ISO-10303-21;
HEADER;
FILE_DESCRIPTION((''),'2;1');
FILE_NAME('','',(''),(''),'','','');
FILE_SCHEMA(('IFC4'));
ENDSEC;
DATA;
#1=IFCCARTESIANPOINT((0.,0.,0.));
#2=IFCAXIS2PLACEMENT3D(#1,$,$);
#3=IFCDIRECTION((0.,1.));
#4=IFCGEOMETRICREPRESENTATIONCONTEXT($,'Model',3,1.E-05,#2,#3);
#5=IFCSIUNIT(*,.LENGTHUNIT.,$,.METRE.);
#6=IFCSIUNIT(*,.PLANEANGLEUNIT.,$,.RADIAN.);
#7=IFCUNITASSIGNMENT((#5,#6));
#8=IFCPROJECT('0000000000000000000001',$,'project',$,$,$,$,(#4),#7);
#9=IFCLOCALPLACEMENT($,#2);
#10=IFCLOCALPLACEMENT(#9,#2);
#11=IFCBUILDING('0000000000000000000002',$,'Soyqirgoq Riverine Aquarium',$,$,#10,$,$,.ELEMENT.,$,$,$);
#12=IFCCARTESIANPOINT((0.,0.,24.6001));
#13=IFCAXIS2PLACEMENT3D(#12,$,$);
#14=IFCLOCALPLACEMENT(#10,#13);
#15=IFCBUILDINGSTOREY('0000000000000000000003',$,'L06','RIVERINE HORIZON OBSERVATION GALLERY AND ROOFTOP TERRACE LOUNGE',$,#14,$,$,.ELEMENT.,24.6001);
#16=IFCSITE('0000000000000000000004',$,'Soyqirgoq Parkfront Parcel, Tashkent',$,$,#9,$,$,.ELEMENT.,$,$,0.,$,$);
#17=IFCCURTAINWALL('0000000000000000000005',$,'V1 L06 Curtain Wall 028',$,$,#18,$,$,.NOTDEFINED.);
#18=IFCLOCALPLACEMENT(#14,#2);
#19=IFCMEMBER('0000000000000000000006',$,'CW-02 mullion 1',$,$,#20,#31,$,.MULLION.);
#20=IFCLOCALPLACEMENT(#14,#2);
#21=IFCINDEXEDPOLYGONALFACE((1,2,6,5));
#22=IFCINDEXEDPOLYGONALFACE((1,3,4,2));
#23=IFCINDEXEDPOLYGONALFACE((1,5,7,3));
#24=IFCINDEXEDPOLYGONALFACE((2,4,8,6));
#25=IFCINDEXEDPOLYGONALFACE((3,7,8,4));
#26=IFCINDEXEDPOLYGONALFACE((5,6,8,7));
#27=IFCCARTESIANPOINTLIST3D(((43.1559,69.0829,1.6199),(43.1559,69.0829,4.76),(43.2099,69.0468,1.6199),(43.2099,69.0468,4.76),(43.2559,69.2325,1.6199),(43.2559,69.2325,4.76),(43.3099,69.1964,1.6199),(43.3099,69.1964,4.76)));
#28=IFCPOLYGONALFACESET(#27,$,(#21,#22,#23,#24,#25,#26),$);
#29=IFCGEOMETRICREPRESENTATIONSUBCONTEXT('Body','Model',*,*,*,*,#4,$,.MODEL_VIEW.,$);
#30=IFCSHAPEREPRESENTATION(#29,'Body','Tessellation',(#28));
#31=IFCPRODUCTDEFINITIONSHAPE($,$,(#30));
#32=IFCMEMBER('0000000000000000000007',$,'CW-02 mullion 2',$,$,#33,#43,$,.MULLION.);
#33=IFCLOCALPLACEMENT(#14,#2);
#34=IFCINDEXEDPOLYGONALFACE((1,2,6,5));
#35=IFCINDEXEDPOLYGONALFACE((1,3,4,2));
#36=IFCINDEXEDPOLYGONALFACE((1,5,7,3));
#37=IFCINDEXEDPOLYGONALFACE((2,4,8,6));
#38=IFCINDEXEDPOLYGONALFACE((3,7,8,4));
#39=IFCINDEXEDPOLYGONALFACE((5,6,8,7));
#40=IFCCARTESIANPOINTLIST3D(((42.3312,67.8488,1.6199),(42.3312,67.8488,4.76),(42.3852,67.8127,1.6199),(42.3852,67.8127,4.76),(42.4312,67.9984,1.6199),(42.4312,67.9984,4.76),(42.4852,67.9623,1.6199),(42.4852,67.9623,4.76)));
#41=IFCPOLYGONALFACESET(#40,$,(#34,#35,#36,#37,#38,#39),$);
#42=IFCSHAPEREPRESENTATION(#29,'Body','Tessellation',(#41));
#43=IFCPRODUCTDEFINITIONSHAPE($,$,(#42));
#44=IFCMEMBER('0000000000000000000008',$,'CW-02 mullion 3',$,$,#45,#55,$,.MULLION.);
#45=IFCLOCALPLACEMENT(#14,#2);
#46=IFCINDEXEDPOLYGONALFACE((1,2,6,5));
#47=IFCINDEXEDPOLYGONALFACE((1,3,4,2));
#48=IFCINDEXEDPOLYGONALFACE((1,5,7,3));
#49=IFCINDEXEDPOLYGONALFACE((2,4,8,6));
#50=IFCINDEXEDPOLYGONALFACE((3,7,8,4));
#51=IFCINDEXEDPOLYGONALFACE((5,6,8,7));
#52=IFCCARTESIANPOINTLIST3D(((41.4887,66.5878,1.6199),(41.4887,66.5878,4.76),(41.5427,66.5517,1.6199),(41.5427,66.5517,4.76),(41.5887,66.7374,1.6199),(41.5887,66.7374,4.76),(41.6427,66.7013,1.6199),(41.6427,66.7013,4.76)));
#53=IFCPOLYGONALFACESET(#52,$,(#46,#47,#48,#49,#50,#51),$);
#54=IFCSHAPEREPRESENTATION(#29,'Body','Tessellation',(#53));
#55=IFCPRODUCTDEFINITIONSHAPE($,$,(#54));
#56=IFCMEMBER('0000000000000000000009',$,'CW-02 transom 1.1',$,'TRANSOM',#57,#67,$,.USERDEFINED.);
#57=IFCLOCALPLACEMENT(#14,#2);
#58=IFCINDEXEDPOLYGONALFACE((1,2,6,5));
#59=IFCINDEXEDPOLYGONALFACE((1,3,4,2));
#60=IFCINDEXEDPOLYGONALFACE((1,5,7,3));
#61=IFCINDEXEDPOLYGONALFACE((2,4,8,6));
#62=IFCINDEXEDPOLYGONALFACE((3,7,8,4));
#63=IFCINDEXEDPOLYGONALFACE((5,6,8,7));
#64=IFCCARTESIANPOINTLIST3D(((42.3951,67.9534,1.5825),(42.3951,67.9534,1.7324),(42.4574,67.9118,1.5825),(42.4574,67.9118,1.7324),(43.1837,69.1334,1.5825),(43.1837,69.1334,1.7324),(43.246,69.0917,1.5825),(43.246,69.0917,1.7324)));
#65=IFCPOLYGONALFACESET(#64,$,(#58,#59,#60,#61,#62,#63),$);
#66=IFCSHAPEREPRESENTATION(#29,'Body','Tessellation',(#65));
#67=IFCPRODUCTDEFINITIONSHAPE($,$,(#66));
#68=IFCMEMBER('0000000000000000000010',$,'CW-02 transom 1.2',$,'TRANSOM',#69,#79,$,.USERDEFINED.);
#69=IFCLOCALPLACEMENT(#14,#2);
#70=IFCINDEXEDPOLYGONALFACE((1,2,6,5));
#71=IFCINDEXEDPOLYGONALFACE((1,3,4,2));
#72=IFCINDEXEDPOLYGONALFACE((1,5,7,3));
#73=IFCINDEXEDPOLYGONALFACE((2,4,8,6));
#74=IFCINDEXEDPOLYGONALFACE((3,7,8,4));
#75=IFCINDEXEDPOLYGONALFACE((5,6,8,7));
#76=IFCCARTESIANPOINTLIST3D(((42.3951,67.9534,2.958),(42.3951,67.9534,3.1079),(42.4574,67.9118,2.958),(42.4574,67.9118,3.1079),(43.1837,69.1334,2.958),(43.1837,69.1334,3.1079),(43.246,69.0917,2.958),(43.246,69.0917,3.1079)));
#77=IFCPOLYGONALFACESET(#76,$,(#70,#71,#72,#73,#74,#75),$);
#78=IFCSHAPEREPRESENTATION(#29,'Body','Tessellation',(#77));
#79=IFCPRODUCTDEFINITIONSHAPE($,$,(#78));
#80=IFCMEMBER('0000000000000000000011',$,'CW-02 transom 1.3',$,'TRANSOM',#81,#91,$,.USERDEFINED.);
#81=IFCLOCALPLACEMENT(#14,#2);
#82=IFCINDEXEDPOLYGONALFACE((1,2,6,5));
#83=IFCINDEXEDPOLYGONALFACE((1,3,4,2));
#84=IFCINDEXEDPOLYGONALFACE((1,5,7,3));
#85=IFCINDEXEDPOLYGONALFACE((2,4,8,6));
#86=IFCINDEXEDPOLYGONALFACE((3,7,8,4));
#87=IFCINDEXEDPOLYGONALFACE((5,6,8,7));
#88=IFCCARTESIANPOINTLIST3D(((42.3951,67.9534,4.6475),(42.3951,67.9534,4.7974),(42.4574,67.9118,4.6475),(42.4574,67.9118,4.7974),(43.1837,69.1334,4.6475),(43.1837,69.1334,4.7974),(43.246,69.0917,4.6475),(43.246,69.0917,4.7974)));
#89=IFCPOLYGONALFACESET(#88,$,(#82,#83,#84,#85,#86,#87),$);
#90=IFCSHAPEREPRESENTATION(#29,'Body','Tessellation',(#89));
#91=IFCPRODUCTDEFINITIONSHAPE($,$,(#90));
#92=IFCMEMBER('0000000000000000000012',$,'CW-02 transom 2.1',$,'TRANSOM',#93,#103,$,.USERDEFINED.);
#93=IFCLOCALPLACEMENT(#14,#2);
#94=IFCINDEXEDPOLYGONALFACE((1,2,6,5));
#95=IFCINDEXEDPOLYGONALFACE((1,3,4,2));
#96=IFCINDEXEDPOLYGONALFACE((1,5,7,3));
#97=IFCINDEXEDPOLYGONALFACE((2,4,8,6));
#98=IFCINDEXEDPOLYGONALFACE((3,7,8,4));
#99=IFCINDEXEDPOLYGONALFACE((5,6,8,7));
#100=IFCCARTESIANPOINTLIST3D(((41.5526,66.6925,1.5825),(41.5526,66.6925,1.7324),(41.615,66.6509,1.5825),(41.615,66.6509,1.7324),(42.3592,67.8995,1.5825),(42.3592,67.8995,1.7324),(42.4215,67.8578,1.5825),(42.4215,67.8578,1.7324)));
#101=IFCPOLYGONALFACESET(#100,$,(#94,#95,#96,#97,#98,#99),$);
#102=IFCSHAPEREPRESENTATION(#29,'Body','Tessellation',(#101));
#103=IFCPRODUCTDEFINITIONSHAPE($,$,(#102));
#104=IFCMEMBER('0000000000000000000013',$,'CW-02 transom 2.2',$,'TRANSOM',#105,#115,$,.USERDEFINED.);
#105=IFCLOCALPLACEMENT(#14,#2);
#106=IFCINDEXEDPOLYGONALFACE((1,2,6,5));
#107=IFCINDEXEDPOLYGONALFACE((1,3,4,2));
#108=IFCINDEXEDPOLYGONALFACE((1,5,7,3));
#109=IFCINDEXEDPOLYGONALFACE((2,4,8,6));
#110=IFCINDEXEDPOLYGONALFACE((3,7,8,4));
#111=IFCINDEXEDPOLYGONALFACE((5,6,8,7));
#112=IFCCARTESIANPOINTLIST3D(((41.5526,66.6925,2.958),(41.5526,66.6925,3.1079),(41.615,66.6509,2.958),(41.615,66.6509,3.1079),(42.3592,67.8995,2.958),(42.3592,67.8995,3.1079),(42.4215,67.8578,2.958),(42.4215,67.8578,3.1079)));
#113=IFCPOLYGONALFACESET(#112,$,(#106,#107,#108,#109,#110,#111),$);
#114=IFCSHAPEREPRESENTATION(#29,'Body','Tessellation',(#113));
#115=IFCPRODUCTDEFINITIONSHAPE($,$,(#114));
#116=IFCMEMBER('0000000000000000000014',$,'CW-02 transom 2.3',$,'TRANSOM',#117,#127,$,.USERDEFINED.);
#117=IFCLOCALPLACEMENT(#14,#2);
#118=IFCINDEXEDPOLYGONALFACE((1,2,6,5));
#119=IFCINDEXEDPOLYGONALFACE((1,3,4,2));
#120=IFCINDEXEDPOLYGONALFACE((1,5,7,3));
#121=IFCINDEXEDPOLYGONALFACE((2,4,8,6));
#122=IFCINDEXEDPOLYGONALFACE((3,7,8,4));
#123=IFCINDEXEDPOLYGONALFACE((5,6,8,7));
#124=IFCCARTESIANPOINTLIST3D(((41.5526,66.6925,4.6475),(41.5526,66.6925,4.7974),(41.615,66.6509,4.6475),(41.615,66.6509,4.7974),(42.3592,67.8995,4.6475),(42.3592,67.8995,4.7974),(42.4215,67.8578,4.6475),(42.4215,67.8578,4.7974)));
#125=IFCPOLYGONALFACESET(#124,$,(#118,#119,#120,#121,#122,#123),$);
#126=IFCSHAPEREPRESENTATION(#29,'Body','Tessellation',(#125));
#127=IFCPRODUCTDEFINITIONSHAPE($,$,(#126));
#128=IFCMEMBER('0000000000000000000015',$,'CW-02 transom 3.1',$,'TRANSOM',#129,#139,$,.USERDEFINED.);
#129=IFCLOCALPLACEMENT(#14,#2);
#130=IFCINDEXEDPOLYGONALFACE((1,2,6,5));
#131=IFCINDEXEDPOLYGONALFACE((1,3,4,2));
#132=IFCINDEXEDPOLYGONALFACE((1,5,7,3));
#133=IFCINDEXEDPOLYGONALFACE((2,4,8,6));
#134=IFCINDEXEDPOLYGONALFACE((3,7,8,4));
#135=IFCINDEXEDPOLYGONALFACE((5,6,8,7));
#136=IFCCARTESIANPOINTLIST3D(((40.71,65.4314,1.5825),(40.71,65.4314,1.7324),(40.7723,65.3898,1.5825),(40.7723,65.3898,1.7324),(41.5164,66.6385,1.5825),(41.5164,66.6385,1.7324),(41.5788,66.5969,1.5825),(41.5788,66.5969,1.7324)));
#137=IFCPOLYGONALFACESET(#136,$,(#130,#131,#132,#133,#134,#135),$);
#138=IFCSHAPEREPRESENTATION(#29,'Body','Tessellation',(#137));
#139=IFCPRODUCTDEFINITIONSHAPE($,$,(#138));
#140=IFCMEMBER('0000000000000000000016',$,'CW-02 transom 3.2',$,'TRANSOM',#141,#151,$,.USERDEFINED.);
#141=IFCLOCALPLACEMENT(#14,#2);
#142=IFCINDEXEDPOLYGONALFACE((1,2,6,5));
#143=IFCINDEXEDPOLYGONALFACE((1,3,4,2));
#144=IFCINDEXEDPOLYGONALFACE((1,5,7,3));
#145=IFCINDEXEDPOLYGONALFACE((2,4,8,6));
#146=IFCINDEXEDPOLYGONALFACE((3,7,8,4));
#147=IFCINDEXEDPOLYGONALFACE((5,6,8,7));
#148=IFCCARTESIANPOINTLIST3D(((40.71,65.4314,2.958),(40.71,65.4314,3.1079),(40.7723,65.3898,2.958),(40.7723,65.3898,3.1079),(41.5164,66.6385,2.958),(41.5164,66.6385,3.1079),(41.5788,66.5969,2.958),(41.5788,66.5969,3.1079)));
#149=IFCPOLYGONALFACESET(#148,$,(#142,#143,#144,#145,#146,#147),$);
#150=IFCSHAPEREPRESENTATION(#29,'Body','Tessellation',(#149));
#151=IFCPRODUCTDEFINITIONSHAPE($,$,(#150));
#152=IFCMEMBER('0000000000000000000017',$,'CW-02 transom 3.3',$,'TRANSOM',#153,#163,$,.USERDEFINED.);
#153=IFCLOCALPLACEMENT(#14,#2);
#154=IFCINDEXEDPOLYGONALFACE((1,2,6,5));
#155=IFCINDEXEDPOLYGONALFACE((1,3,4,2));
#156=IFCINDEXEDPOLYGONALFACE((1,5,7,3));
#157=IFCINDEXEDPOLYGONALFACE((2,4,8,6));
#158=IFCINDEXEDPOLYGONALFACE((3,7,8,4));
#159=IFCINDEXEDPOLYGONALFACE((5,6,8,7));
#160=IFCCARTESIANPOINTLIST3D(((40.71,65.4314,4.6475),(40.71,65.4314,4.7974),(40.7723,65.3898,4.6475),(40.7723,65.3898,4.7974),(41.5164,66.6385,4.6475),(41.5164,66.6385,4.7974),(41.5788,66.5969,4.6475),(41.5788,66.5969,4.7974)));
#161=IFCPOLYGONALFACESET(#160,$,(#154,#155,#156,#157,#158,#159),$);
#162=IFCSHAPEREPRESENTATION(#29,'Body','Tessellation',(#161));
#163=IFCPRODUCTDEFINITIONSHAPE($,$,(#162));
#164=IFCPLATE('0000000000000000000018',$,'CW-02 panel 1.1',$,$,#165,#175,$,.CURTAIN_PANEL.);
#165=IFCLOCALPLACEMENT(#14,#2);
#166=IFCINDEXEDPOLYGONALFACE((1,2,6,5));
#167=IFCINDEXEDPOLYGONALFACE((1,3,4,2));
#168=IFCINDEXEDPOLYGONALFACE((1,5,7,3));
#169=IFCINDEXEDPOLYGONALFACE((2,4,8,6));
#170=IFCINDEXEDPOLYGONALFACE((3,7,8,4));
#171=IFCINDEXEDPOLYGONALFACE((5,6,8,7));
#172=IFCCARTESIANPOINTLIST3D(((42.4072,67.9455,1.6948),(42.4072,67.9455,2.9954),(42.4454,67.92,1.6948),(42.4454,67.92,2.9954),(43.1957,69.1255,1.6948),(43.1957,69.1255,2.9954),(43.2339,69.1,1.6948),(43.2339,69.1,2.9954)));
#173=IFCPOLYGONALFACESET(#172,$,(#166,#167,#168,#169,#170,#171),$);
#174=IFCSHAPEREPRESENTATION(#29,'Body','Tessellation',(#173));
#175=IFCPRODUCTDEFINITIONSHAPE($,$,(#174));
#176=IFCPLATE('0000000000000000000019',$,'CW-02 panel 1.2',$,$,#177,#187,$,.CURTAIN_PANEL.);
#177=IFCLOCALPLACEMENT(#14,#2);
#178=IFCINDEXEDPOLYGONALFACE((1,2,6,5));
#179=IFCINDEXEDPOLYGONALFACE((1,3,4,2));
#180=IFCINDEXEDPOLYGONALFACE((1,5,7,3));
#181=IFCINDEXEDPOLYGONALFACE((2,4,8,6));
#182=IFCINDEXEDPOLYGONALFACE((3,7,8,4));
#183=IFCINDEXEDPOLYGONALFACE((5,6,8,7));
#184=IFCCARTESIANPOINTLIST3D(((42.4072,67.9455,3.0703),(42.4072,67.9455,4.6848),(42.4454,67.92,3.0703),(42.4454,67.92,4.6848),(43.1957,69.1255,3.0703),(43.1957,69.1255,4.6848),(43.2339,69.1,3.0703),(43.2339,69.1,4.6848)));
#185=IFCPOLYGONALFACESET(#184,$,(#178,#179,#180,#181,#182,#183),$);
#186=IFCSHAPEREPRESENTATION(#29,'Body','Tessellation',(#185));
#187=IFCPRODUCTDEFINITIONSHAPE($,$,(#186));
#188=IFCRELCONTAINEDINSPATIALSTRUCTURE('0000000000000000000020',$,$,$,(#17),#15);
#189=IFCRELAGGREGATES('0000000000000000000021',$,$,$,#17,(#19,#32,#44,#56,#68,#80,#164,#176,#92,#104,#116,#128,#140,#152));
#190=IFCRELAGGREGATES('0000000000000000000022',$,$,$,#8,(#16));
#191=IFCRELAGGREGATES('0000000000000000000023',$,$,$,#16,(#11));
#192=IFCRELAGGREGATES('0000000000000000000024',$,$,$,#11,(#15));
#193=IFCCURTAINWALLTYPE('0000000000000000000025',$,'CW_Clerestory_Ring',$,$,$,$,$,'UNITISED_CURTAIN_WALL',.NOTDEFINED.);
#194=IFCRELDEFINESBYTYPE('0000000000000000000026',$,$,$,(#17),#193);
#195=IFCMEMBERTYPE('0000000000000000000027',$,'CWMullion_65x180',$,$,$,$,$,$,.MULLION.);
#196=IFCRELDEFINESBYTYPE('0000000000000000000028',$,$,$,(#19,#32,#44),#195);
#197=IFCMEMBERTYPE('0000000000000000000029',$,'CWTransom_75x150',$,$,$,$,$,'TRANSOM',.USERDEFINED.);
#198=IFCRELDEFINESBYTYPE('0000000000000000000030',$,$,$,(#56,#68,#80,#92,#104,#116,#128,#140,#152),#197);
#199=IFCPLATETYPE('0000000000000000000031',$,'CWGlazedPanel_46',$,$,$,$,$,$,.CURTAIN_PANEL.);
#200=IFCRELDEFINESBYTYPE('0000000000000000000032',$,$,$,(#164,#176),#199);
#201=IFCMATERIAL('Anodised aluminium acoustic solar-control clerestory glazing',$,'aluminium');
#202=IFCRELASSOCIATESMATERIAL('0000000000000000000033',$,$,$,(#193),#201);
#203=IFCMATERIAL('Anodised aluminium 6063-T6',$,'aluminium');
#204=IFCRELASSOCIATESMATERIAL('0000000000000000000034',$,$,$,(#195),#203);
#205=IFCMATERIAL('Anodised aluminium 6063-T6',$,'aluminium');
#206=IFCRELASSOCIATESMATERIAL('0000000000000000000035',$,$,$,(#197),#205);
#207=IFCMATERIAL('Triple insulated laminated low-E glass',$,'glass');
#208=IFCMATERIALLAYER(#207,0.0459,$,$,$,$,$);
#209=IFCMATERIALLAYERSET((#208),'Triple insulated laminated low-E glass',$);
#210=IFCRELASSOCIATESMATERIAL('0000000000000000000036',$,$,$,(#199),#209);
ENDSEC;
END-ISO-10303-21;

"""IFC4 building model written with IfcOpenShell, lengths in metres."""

from ifc_helpers import new_model, si_unit, direction, frame, origin, origin_2d, place, context, subcontext, project, spatial, rectangle, extrude, material, layer, layer_set, material_profile, profile_set, type_object, element, aggregate, save


model = new_model("IFC4")

# Units and contexts
model_context = context("Model", 3, precision=1e-05, world=origin(), true_north=direction((0.0, 1.0)))
body_context = subcontext(model_context, "Body", "Model", "MODEL_VIEW")
ifc_project = project(units=[si_unit("LENGTHUNIT", "METRE"), si_unit("PLANEANGLEUNIT", "RADIAN")], contexts=[model_context])

# Site, building, storey
site_placement = place(None, origin())
site = spatial("IfcSite", under=ifc_project, at=site_placement, Name="Soyqirgoq Parkfront Parcel, Tashkent", CompositionType="ELEMENT", RefElevation=0.0)
building_placement = place(site_placement, origin())
building = spatial("IfcBuilding", under=site, at=building_placement, Name="Soyqirgoq Riverine Aquarium", CompositionType="ELEMENT")
storey_placement = place(building_placement, frame((0.0, 0.0, 24.6001)))
storey = spatial("IfcBuildingStorey", under=building, at=storey_placement, Name="L06", Description="RIVERINE HORIZON OBSERVATION GALLERY AND ROOFTOP TERRACE LOUNGE", CompositionType="ELEMENT", Elevation=24.6001)

# Curtain wall, members, plates
ifc_material_1 = material(Name="Anodised aluminium acoustic solar-control clerestory glazing", Category="aluminium")
curtain_wall_type = type_object("IfcCurtainWallType", Name="CW_Clerestory_Ring", ElementType="UNITISED_CURTAIN_WALL", PredefinedType="NOTDEFINED", material=ifc_material_1)
curtain_wall_placement = place(storey_placement, origin())
curtain_wall = element("IfcCurtainWall", 1, at=curtain_wall_placement, inside=storey, type_object=curtain_wall_type, Name="V1 L06 Curtain Wall 028", PredefinedType="NOTDEFINED")
ifc_material_2 = material(Name="Anodised aluminium 6063-T6", Category="aluminium")
ifc_material_profile_1 = material_profile(ifc_material_2, rectangle(XDim=0.0649, YDim=0.1799, at=origin_2d()), Name="ALU-M 65x180")
ifc_profile_set_1 = profile_set([ifc_material_profile_1], Name="Anodised aluminium 6063-T6")
member_type_1 = type_object("IfcMemberType", Name="CWMullion_65x180", PredefinedType="MULLION", material=ifc_profile_set_1)
member_1_placement = place(storey_placement, frame((43.2329, 69.1396, 1.6199), z_axis=(0.0, 0.0, 1.0), x_axis=(0.831464, -0.555579, 0.0)))
member_1 = element("IfcMember", 2, at=member_1_placement, type_object=member_type_1, Name="CW-02 mullion 1", PredefinedType="MULLION", context=body_context, shape_type="SweptSolid", body=[
    extrude(rectangle(XDim=0.0649, YDim=0.1799, at=origin_2d()), origin(), (0.0, 0.0, 1.0), 3.1401),
])
member_2_placement = place(storey_placement, frame((42.4082, 67.9055, 1.6199), z_axis=(0.0, 0.0, 1.0), x_axis=(0.831464, -0.555579, 0.0)))
member_2 = element("IfcMember", 3, at=member_2_placement, type_object=member_type_1, Name="CW-02 mullion 2", PredefinedType="MULLION", context=body_context, shape_type="SweptSolid", body=[
    extrude(rectangle(XDim=0.0649, YDim=0.1799, at=origin_2d()), origin(), (0.0, 0.0, 1.0), 3.1401),
])
member_3_placement = place(storey_placement, frame((41.5657, 66.6445, 1.6199), z_axis=(0.0, 0.0, 1.0), x_axis=(0.831464, -0.555579, 0.0)))
member_3 = element("IfcMember", 4, at=member_3_placement, type_object=member_type_1, Name="CW-02 mullion 3", PredefinedType="MULLION", context=body_context, shape_type="SweptSolid", body=[
    extrude(rectangle(XDim=0.0649, YDim=0.1799, at=origin_2d()), origin(), (0.0, 0.0, 1.0), 3.1401),
])
ifc_material_3 = material(Name="Anodised aluminium 6063-T6", Category="aluminium")
ifc_material_profile_2 = material_profile(ifc_material_3, rectangle(XDim=0.075, YDim=0.1499, at=origin_2d()), Name="ALU-T 75x150")
ifc_profile_set_2 = profile_set([ifc_material_profile_2], Name="Anodised aluminium 6063-T6")
member_type_2 = type_object("IfcMemberType", Name="CWTransom_75x150", ElementType="TRANSOM", PredefinedType="USERDEFINED", material=ifc_profile_set_2)
member_4_placement = place(storey_placement, frame((43.2148, 69.1125, 1.6575), z_axis=(-0.555653, -0.831415, 0.0), x_axis=(0.831415, -0.555653, 0.0)))
member_4 = element("IfcMember", 5, at=member_4_placement, type_object=member_type_2, Name="CW-02 transom 1.1", ObjectType="TRANSOM", PredefinedType="USERDEFINED", context=body_context, shape_type="SweptSolid", body=[
    extrude(rectangle(XDim=0.075, YDim=0.1499, at=origin_2d()), origin(), (0.0, 0.0, 1.0), 1.4192),
])
member_5_placement = place(storey_placement, frame((43.2148, 69.1125, 3.033), z_axis=(-0.555653, -0.831415, 0.0), x_axis=(0.831415, -0.555653, 0.0)))
member_5 = element("IfcMember", 6, at=member_5_placement, type_object=member_type_2, Name="CW-02 transom 1.2", ObjectType="TRANSOM", PredefinedType="USERDEFINED", context=body_context, shape_type="SweptSolid", body=[
    extrude(rectangle(XDim=0.075, YDim=0.1499, at=origin_2d()), origin(), (0.0, 0.0, 1.0), 1.4192),
])
member_6_placement = place(storey_placement, frame((43.2148, 69.1125, 4.7224), z_axis=(-0.555653, -0.831415, 0.0), x_axis=(0.831415, -0.555653, 0.0)))
member_6 = element("IfcMember", 7, at=member_6_placement, type_object=member_type_2, Name="CW-02 transom 1.3", ObjectType="TRANSOM", PredefinedType="USERDEFINED", context=body_context, shape_type="SweptSolid", body=[
    extrude(rectangle(XDim=0.075, YDim=0.1499, at=origin_2d()), origin(), (0.0, 0.0, 1.0), 1.4192),
])
member_7_placement = place(storey_placement, frame((42.3904, 67.8787, 1.6575), z_axis=(-0.555631, -0.831429, 0.0), x_axis=(0.831429, -0.555631, 0.0)))
member_7 = element("IfcMember", 8, at=member_7_placement, type_object=member_type_2, Name="CW-02 transom 2.1", ObjectType="TRANSOM", PredefinedType="USERDEFINED", context=body_context, shape_type="SweptSolid", body=[
    extrude(rectangle(XDim=0.075, YDim=0.1499, at=origin_2d()), origin(), (0.0, 0.0, 1.0), 1.4517),
])
member_8_placement = place(storey_placement, frame((42.3904, 67.8787, 3.033), z_axis=(-0.555631, -0.831429, 0.0), x_axis=(0.831429, -0.555631, 0.0)))
member_8 = element("IfcMember", 9, at=member_8_placement, type_object=member_type_2, Name="CW-02 transom 2.2", ObjectType="TRANSOM", PredefinedType="USERDEFINED", context=body_context, shape_type="SweptSolid", body=[
    extrude(rectangle(XDim=0.075, YDim=0.1499, at=origin_2d()), origin(), (0.0, 0.0, 1.0), 1.4517),
])
member_9_placement = place(storey_placement, frame((42.3904, 67.8787, 4.7224), z_axis=(-0.555631, -0.831429, 0.0), x_axis=(0.831429, -0.555631, 0.0)))
member_9 = element("IfcMember", 10, at=member_9_placement, type_object=member_type_2, Name="CW-02 transom 2.3", ObjectType="TRANSOM", PredefinedType="USERDEFINED", context=body_context, shape_type="SweptSolid", body=[
    extrude(rectangle(XDim=0.075, YDim=0.1499, at=origin_2d()), origin(), (0.0, 0.0, 1.0), 1.4517),
])
member_10_placement = place(storey_placement, frame((41.5476, 66.6177, 1.6575), z_axis=(-0.555515, -0.831507, 0.0), x_axis=(0.831507, -0.555515, 0.0)))
member_10 = element("IfcMember", 11, at=member_10_placement, type_object=member_type_2, Name="CW-02 transom 3.1", ObjectType="TRANSOM", PredefinedType="USERDEFINED", context=body_context, shape_type="SweptSolid", body=[
    extrude(rectangle(XDim=0.075, YDim=0.1499, at=origin_2d()), origin(), (0.0, 0.0, 1.0), 1.4517),
])
member_11_placement = place(storey_placement, frame((41.5476, 66.6177, 3.033), z_axis=(-0.555515, -0.831507, 0.0), x_axis=(0.831507, -0.555515, 0.0)))
member_11 = element("IfcMember", 12, at=member_11_placement, type_object=member_type_2, Name="CW-02 transom 3.2", ObjectType="TRANSOM", PredefinedType="USERDEFINED", context=body_context, shape_type="SweptSolid", body=[
    extrude(rectangle(XDim=0.075, YDim=0.1499, at=origin_2d()), origin(), (0.0, 0.0, 1.0), 1.4517),
])
member_12_placement = place(storey_placement, frame((41.5476, 66.6177, 4.7224), z_axis=(-0.555515, -0.831507, 0.0), x_axis=(0.831507, -0.555515, 0.0)))
member_12 = element("IfcMember", 13, at=member_12_placement, type_object=member_type_2, Name="CW-02 transom 3.3", ObjectType="TRANSOM", PredefinedType="USERDEFINED", context=body_context, shape_type="SweptSolid", body=[
    extrude(rectangle(XDim=0.075, YDim=0.1499, at=origin_2d()), origin(), (0.0, 0.0, 1.0), 1.4517),
])
ifc_material_4 = material(Name="Triple insulated laminated low-E glass", Category="glass")
ifc_layer_1 = layer(ifc_material_4, 0.0459)
ifc_layer_set_1 = layer_set([ifc_layer_1], Name="Triple insulated laminated low-E glass")
plate_type = type_object("IfcPlateType", Name="CWGlazedPanel_46", PredefinedType="CURTAIN_PANEL", material=ifc_layer_set_1)
plate_1_placement = place(storey_placement, frame((42.8206, 68.5227, 1.6948), z_axis=(0.0, 0.0, 1.0), x_axis=(-0.555579, -0.831464, 0.0)))
plate_1 = element("IfcPlate", 14, at=plate_1_placement, type_object=plate_type, Name="CW-02 panel 1.1", PredefinedType="CURTAIN_PANEL", context=body_context, shape_type="SweptSolid", body=[
    extrude(rectangle(XDim=1.4192, YDim=0.0459, at=origin_2d()), origin(), (0.0, 0.0, 1.0), 1.3005),
])
plate_2_placement = place(storey_placement, frame((42.8206, 68.5227, 3.0703), z_axis=(0.0, 0.0, 1.0), x_axis=(-0.555579, -0.831464, 0.0)))
plate_2 = element("IfcPlate", 15, at=plate_2_placement, type_object=plate_type, Name="CW-02 panel 1.2", PredefinedType="CURTAIN_PANEL", context=body_context, shape_type="SweptSolid", body=[
    extrude(rectangle(XDim=1.4192, YDim=0.0459, at=origin_2d()), origin(), (0.0, 0.0, 1.0), 1.6145),
])
aggregate(curtain_wall, [member_1, member_2, member_3, member_4, member_5, member_6, plate_1, plate_2, member_7, member_8, member_9, member_10, member_11, member_12])

save(model, "model.ifc")
